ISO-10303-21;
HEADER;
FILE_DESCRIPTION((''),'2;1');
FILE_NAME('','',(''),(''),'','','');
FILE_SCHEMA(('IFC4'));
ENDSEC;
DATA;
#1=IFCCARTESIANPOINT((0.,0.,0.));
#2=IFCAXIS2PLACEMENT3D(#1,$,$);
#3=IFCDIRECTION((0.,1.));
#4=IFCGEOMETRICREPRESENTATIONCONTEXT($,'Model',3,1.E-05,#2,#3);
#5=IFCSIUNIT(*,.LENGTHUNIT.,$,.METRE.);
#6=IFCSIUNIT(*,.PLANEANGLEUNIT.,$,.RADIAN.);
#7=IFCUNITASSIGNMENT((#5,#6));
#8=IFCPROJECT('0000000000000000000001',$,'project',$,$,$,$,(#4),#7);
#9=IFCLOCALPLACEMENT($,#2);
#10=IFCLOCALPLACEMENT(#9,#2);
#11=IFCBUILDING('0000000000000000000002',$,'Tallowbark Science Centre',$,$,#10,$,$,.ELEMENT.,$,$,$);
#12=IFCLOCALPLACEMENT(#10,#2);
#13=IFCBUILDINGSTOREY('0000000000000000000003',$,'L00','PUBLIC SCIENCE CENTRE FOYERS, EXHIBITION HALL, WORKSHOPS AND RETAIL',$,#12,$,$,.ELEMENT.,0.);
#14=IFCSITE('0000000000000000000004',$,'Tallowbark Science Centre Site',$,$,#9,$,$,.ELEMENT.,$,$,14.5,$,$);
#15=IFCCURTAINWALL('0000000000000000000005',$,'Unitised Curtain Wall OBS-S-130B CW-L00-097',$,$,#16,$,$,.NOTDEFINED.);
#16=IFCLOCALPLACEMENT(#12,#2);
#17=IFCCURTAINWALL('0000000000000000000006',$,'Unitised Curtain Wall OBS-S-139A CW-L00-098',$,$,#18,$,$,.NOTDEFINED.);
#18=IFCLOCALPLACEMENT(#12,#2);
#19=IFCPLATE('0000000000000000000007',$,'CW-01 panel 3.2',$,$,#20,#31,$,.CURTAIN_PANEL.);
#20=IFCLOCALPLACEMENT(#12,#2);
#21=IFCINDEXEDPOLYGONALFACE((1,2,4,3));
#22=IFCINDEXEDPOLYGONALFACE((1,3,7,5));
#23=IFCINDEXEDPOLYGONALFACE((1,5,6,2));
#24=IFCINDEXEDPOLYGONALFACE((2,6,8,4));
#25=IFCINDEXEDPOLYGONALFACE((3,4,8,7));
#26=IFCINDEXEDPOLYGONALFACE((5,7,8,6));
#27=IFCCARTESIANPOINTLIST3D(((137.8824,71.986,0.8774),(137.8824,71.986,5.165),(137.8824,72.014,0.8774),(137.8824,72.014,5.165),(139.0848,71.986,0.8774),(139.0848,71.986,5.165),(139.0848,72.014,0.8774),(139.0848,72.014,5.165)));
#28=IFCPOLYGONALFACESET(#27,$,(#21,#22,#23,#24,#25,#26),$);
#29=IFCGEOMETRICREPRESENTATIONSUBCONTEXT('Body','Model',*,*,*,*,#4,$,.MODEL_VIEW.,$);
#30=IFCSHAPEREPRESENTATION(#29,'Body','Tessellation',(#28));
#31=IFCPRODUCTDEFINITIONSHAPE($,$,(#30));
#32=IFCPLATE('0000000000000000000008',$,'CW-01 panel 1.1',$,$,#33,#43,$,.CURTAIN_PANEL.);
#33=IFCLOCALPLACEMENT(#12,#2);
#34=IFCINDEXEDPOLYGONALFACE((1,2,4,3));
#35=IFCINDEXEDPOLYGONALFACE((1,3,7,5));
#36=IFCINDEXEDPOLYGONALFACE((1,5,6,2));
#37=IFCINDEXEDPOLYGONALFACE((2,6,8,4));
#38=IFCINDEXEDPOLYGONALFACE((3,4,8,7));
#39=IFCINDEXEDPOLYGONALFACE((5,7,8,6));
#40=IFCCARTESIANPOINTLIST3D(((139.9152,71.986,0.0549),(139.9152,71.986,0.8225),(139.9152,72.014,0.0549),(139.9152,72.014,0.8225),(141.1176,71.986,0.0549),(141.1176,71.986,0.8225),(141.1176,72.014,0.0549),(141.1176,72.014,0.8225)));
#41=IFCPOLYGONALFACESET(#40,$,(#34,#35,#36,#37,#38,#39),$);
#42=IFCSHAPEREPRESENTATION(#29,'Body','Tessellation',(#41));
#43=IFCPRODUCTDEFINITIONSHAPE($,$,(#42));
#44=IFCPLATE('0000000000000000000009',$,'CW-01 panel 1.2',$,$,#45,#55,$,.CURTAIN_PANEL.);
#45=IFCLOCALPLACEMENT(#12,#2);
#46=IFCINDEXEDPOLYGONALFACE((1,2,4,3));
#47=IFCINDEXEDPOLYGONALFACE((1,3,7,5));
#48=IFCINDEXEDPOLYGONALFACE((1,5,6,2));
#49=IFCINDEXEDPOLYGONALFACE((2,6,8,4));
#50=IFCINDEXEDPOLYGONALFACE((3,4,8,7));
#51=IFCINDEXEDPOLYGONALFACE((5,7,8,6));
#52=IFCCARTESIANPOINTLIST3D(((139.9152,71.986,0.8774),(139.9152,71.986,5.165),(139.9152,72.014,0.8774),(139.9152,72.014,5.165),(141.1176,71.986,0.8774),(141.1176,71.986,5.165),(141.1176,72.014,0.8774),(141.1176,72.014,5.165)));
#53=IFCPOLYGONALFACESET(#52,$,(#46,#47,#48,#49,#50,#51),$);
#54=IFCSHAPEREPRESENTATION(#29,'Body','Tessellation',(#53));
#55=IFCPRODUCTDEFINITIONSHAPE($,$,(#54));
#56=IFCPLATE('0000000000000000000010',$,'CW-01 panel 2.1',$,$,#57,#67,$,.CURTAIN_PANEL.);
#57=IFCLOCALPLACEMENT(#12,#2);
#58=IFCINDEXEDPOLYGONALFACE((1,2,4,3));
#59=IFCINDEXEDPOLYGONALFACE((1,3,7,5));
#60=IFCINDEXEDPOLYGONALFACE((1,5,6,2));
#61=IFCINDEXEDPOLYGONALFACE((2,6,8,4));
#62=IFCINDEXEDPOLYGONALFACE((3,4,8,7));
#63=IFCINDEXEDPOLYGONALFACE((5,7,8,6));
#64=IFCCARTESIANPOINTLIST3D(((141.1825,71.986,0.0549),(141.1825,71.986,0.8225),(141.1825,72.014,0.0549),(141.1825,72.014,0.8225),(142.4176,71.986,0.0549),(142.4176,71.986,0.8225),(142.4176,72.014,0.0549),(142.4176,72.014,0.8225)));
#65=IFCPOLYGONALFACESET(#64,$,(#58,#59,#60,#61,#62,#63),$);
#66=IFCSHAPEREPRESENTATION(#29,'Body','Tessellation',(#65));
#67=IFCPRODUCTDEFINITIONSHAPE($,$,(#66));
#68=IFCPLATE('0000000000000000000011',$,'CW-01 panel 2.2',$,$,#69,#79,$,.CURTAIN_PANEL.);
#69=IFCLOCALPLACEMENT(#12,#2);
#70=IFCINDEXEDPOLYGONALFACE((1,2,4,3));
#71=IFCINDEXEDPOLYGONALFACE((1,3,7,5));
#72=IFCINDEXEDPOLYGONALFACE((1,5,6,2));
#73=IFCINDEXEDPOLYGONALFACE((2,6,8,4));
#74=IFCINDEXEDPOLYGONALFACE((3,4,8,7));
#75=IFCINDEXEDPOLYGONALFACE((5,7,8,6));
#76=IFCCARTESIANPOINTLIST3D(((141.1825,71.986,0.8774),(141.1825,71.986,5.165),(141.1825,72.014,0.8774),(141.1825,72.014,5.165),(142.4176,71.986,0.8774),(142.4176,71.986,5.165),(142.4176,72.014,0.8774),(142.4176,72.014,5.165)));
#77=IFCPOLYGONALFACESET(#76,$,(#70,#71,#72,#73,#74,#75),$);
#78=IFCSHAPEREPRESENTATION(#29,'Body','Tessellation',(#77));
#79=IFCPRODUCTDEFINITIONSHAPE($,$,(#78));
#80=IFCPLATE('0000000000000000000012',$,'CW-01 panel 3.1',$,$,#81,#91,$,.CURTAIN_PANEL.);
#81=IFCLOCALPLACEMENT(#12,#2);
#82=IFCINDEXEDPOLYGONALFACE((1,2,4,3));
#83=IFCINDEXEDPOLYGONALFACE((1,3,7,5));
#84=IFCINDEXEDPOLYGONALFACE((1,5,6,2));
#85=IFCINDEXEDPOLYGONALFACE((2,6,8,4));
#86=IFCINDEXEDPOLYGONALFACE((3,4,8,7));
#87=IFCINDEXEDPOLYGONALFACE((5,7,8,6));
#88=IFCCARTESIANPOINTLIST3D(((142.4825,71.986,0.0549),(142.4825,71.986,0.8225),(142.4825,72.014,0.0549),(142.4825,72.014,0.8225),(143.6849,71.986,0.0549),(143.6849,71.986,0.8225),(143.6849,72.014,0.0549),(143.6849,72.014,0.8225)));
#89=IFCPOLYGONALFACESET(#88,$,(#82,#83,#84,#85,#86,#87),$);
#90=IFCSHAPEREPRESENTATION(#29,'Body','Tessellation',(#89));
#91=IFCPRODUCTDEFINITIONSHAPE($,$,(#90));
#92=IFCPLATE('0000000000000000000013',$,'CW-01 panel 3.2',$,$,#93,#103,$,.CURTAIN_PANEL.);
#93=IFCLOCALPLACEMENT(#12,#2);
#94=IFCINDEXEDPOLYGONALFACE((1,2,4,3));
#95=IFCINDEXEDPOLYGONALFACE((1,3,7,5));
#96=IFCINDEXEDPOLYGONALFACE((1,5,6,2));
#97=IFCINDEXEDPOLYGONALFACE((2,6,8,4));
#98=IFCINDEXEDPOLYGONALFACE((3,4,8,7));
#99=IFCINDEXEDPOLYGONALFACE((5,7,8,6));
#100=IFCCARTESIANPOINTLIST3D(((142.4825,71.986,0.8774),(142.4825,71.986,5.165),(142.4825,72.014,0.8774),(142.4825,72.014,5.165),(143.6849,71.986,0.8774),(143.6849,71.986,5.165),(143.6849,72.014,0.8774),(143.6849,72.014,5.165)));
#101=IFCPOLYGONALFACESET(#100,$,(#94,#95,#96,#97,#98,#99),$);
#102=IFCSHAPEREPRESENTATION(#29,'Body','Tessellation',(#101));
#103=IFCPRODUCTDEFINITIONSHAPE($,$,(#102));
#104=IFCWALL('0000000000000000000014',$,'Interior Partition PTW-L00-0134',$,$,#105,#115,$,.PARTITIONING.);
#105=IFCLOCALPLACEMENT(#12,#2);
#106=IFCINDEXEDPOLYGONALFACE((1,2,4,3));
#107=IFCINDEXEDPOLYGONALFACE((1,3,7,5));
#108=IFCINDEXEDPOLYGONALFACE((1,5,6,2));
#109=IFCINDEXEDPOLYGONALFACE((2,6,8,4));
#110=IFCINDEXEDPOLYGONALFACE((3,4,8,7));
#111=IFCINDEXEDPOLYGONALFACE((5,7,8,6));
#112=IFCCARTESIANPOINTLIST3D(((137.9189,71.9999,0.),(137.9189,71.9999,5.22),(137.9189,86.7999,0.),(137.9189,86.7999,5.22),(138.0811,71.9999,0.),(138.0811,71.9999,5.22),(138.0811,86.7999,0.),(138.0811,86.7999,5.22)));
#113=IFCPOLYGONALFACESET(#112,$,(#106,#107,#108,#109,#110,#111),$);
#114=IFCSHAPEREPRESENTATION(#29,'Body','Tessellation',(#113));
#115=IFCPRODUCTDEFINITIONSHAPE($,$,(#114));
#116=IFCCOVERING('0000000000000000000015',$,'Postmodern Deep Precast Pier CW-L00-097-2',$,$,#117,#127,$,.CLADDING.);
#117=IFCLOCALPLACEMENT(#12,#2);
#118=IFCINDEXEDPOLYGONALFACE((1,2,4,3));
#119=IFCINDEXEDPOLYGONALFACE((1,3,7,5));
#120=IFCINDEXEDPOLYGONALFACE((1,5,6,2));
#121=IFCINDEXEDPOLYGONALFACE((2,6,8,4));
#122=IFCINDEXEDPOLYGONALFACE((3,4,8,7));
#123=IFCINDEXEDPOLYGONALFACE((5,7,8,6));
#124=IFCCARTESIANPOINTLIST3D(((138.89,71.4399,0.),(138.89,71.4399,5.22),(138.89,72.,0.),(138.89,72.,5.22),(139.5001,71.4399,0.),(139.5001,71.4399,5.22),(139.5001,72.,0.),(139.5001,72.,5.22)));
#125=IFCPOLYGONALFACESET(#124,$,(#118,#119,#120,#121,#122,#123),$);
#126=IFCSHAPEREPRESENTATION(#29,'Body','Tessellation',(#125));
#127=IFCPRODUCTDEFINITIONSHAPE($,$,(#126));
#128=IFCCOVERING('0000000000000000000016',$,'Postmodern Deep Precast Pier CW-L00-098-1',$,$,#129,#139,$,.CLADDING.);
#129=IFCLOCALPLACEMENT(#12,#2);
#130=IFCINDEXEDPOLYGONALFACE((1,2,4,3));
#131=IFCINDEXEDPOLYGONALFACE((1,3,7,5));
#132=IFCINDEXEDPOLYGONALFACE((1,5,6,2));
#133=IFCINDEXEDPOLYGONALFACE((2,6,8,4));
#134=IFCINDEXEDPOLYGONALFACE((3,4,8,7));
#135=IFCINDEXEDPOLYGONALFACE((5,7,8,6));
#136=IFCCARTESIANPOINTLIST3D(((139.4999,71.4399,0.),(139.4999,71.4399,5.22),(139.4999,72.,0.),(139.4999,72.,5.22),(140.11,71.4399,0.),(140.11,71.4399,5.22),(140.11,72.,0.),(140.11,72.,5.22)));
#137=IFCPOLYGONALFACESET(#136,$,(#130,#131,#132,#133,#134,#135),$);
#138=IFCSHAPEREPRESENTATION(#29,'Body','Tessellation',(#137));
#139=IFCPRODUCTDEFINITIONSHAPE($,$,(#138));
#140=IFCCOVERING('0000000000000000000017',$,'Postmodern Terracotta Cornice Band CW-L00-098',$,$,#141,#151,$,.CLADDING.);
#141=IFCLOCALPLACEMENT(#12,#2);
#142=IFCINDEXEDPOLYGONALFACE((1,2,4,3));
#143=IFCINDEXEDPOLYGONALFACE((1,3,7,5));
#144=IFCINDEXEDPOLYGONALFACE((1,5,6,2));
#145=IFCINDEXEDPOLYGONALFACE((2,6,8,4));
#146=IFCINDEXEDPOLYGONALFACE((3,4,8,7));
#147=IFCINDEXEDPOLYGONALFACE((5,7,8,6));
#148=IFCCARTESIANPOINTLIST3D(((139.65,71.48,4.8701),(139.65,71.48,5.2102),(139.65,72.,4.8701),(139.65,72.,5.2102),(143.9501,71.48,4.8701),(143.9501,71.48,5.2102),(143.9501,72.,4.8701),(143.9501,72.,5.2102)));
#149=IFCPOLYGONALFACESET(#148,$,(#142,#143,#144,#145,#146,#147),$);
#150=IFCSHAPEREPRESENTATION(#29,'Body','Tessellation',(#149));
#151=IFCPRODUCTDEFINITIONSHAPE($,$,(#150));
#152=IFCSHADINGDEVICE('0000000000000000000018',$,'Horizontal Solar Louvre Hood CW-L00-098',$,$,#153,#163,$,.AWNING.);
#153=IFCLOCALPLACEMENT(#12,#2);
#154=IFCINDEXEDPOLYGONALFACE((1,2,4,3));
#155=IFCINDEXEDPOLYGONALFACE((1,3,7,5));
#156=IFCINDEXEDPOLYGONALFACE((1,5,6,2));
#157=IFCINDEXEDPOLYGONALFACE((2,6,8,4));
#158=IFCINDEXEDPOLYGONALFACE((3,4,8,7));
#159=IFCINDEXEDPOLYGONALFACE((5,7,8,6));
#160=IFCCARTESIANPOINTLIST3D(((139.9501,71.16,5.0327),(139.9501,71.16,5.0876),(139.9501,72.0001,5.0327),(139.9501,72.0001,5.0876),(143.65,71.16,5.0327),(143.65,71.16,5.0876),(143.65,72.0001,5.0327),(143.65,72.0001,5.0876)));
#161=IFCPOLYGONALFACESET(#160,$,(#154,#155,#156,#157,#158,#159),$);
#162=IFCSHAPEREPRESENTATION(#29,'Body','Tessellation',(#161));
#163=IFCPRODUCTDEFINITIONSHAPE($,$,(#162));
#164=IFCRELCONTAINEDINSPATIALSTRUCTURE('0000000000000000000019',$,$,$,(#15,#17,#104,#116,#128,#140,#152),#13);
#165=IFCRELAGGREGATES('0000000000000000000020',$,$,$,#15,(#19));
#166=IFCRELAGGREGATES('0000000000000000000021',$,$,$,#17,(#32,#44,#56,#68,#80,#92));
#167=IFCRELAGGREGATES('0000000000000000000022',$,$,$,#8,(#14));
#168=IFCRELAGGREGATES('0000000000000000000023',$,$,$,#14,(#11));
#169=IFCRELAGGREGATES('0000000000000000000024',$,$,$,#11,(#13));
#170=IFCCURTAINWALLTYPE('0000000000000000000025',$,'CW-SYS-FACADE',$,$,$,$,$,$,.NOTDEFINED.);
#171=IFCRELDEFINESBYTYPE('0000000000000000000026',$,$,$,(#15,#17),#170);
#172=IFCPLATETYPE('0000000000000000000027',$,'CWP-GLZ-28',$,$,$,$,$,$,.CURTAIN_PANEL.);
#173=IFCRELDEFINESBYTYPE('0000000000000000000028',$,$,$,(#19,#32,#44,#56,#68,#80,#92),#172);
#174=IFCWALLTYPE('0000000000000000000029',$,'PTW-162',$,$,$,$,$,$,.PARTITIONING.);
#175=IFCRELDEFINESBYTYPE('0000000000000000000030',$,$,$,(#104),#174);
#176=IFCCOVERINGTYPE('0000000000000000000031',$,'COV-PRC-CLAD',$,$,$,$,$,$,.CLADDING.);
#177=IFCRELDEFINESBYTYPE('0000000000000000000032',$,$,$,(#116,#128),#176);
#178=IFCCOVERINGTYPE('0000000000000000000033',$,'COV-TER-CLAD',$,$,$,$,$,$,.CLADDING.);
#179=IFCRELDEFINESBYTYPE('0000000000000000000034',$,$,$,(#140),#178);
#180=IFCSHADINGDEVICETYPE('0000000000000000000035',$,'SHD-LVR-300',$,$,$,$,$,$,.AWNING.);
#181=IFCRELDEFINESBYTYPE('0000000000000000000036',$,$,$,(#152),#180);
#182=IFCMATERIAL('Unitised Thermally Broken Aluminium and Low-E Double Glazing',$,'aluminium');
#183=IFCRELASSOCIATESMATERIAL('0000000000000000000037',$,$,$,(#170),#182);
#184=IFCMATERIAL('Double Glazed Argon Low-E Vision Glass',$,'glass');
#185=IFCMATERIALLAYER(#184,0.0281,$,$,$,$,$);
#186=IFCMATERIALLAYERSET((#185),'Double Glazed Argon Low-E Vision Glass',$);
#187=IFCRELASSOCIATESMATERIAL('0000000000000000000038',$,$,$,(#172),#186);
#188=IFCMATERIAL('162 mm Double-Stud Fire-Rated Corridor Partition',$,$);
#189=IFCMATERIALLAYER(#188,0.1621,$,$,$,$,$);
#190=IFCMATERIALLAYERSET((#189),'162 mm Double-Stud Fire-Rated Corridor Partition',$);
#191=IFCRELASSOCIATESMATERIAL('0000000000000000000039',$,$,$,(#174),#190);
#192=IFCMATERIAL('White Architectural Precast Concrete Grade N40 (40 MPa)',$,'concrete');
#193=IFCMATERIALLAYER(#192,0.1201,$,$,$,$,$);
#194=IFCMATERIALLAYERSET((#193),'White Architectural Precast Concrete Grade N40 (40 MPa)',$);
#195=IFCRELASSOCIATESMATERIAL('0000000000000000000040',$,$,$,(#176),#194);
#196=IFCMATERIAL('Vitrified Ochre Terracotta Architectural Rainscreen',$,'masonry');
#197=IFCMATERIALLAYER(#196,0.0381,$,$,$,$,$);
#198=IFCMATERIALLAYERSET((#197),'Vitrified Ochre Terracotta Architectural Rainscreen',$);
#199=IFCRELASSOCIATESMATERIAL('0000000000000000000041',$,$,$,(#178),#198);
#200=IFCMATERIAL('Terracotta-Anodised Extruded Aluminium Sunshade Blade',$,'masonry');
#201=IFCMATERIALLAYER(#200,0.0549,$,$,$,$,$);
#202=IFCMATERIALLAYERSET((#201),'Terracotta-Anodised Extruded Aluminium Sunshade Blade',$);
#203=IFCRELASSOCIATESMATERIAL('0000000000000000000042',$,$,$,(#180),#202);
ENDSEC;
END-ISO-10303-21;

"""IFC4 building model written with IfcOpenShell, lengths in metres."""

from ifc_helpers import new_model, si_unit, direction, frame, frame_2d, origin, origin_2d, place, context, subcontext, project, spatial, rectangle, extrude, material, layer, layer_set, type_object, element, aggregate, save


model = new_model("IFC4")

# Units and contexts
model_context = context("Model", 3, precision=1e-05, world=origin(), true_north=direction((0.0, 1.0)))
body_context = subcontext(model_context, "Body", "Model", "MODEL_VIEW")
ifc_project = project(units=[si_unit("LENGTHUNIT", "METRE"), si_unit("PLANEANGLEUNIT", "RADIAN")], contexts=[model_context])

# Site, building, storey
site_placement = place(None, origin())
site = spatial("IfcSite", under=ifc_project, at=site_placement, Name="Tallowbark Science Centre Site", CompositionType="ELEMENT", RefElevation=14.5)
building_placement = place(site_placement, origin())
building = spatial("IfcBuilding", under=site, at=building_placement, Name="Tallowbark Science Centre", CompositionType="ELEMENT")
storey_placement = place(building_placement, origin())
storey = spatial("IfcBuildingStorey", under=building, at=storey_placement, Name="L00", Description="PUBLIC SCIENCE CENTRE FOYERS, EXHIBITION HALL, WORKSHOPS AND RETAIL", CompositionType="ELEMENT", Elevation=0.0)

# Curtain walls
ifc_material_1 = material(Name="Unitised Thermally Broken Aluminium and Low-E Double Glazing", Category="aluminium")
curtain_wall_type = type_object("IfcCurtainWallType", Name="CW-SYS-FACADE", PredefinedType="NOTDEFINED", material=ifc_material_1)
curtain_wall_1_placement = place(storey_placement, origin())
curtain_wall_1 = element("IfcCurtainWall", 1, at=curtain_wall_1_placement, inside=storey, type_object=curtain_wall_type, Name="Unitised Curtain Wall OBS-S-130B CW-L00-097", PredefinedType="NOTDEFINED")
curtain_wall_2_placement = place(storey_placement, origin())
curtain_wall_2 = element("IfcCurtainWall", 2, at=curtain_wall_2_placement, inside=storey, type_object=curtain_wall_type, Name="Unitised Curtain Wall OBS-S-139A CW-L00-098", PredefinedType="NOTDEFINED")

# Plates
ifc_material_2 = material(Name="Double Glazed Argon Low-E Vision Glass", Category="glass")
ifc_layer_1 = layer(ifc_material_2, 0.0281)
ifc_layer_set_1 = layer_set([ifc_layer_1], Name="Double Glazed Argon Low-E Vision Glass")
plate_type = type_object("IfcPlateType", Name="CWP-GLZ-28", PredefinedType="CURTAIN_PANEL", material=ifc_layer_set_1)
plate_1_placement = place(storey_placement, frame((138.4836, 72.0, 0.8774), z_axis=(0.0, 0.0, 1.0), x_axis=(1.0, 0.0, 0.0)))
plate_1 = element("IfcPlate", 3, at=plate_1_placement, type_object=plate_type, Name="CW-01 panel 3.2", PredefinedType="CURTAIN_PANEL", context=body_context, shape_type="SweptSolid", body=[
    extrude(rectangle(XDim=1.2024, YDim=0.0281, at=origin_2d()), origin(), (0.0, 0.0, 1.0), 4.2876),
])
aggregate(curtain_wall_1, [plate_1])
plate_2_placement = place(storey_placement, frame((140.5164, 72.0, 0.0549), z_axis=(0.0, 0.0, 1.0), x_axis=(1.0, 0.0, 0.0)))
plate_2 = element("IfcPlate", 4, at=plate_2_placement, type_object=plate_type, Name="CW-01 panel 1.1", PredefinedType="CURTAIN_PANEL", context=body_context, shape_type="SweptSolid", body=[
    extrude(rectangle(XDim=1.2024, YDim=0.0281, at=origin_2d()), origin(), (0.0, 0.0, 1.0), 0.7676),
])
plate_3_placement = place(storey_placement, frame((140.5164, 72.0, 0.8774), z_axis=(0.0, 0.0, 1.0), x_axis=(1.0, 0.0, 0.0)))
plate_3 = element("IfcPlate", 5, at=plate_3_placement, type_object=plate_type, Name="CW-01 panel 1.2", PredefinedType="CURTAIN_PANEL", context=body_context, shape_type="SweptSolid", body=[
    extrude(rectangle(XDim=1.2024, YDim=0.0281, at=origin_2d()), origin(), (0.0, 0.0, 1.0), 4.2876),
])
plate_4_placement = place(storey_placement, frame((141.8, 72.0, 0.0549), z_axis=(0.0, 0.0, 1.0), x_axis=(1.0, 0.0, 0.0)))
plate_4 = element("IfcPlate", 6, at=plate_4_placement, type_object=plate_type, Name="CW-01 panel 2.1", PredefinedType="CURTAIN_PANEL", context=body_context, shape_type="SweptSolid", body=[
    extrude(rectangle(XDim=1.2351, YDim=0.0281, at=origin_2d()), origin(), (0.0, 0.0, 1.0), 0.7676),
])
plate_5_placement = place(storey_placement, frame((141.8, 72.0, 0.8774), z_axis=(0.0, 0.0, 1.0), x_axis=(1.0, 0.0, 0.0)))
plate_5 = element("IfcPlate", 7, at=plate_5_placement, type_object=plate_type, Name="CW-01 panel 2.2", PredefinedType="CURTAIN_PANEL", context=body_context, shape_type="SweptSolid", body=[
    extrude(rectangle(XDim=1.2351, YDim=0.0281, at=origin_2d()), origin(), (0.0, 0.0, 1.0), 4.2876),
])
plate_6_placement = place(storey_placement, frame((143.0837, 72.0, 0.0549), z_axis=(0.0, 0.0, 1.0), x_axis=(1.0, 0.0, 0.0)))
plate_6 = element("IfcPlate", 8, at=plate_6_placement, type_object=plate_type, Name="CW-01 panel 3.1", PredefinedType="CURTAIN_PANEL", context=body_context, shape_type="SweptSolid", body=[
    extrude(rectangle(XDim=1.2024, YDim=0.0281, at=origin_2d()), origin(), (0.0, 0.0, 1.0), 0.7676),
])
plate_7_placement = place(storey_placement, frame((143.0837, 72.0, 0.8774), z_axis=(0.0, 0.0, 1.0), x_axis=(1.0, 0.0, 0.0)))
plate_7 = element("IfcPlate", 9, at=plate_7_placement, type_object=plate_type, Name="CW-01 panel 3.2", PredefinedType="CURTAIN_PANEL", context=body_context, shape_type="SweptSolid", body=[
    extrude(rectangle(XDim=1.2024, YDim=0.0281, at=origin_2d()), origin(), (0.0, 0.0, 1.0), 4.2876),
])
aggregate(curtain_wall_2, [plate_2, plate_3, plate_4, plate_5, plate_6, plate_7])

# Wall
ifc_material_3 = material(Name="162 mm Double-Stud Fire-Rated Corridor Partition")
ifc_layer_2 = layer(ifc_material_3, 0.1621)
ifc_layer_set_2 = layer_set([ifc_layer_2], Name="162 mm Double-Stud Fire-Rated Corridor Partition")
wall_type = type_object("IfcWallType", Name="PTW-162", PredefinedType="PARTITIONING", material=ifc_layer_set_2)
wall_placement = place(storey_placement, frame((138.0, 72.0, 0.0), z_axis=(0.0, 0.0, 1.0), x_axis=(0.0, 1.0, 0.0)))
element("IfcWall", 10, at=wall_placement, inside=storey, type_object=wall_type, Name="Interior Partition PTW-L00-0134", PredefinedType="PARTITIONING", context=body_context, shape_type="SweptSolid", body=[
    extrude(rectangle(XDim=14.8, YDim=0.1621, at=frame_2d((7.3999, 0.0))), origin(), (0.0, 0.0, 1.0), 5.22),
])

# Coverings
ifc_material_4 = material(Name="White Architectural Precast Concrete Grade N40 (40 MPa)", Category="concrete")
ifc_layer_3 = layer(ifc_material_4, 0.1201)
ifc_layer_set_3 = layer_set([ifc_layer_3], Name="White Architectural Precast Concrete Grade N40 (40 MPa)")
covering_type_1 = type_object("IfcCoveringType", Name="COV-PRC-CLAD", PredefinedType="CLADDING", material=ifc_layer_set_3)
for number, where, z_axis, x_axis, name in (
    (11, (139.1951, 71.72, 0.0), (0.0, 0.0, 1.0), (1.0, 0.0, 0.0), "Postmodern Deep Precast Pier CW-L00-097-2"),
    (12, (139.8049, 71.72, 0.0), (0.0, 0.0, 1.0), (1.0, 0.0, 0.0), "Postmodern Deep Precast Pier CW-L00-098-1"),
):
    element("IfcCovering", number, at=place(storey_placement, frame(where, z_axis=z_axis, x_axis=x_axis)), inside=storey, type_object=covering_type_1, Name=name, PredefinedType="CLADDING", context=body_context, shape_type="SweptSolid", body=[
        extrude(rectangle(XDim=0.6101, YDim=0.5601, at=origin_2d()), origin(), (0.0, 0.0, 1.0), 5.22),
    ])
ifc_material_5 = material(Name="Vitrified Ochre Terracotta Architectural Rainscreen", Category="masonry")
ifc_layer_4 = layer(ifc_material_5, 0.0381)
ifc_layer_set_4 = layer_set([ifc_layer_4], Name="Vitrified Ochre Terracotta Architectural Rainscreen")
covering_type_2 = type_object("IfcCoveringType", Name="COV-TER-CLAD", PredefinedType="CLADDING", material=ifc_layer_set_4)
covering_placement = place(storey_placement, frame((141.8, 71.74, 4.8701), z_axis=(0.0, 0.0, 1.0), x_axis=(1.0, 0.0, 0.0)))
element("IfcCovering", 13, at=covering_placement, inside=storey, type_object=covering_type_2, Name="Postmodern Terracotta Cornice Band CW-L00-098", PredefinedType="CLADDING", context=body_context, shape_type="SweptSolid", body=[
    extrude(rectangle(XDim=4.3, YDim=0.52, at=origin_2d()), origin(), (0.0, 0.0, 1.0), 0.3401),
])

# Shading device
ifc_material_6 = material(Name="Terracotta-Anodised Extruded Aluminium Sunshade Blade", Category="masonry")
ifc_layer_5 = layer(ifc_material_6, 0.0549)
ifc_layer_set_5 = layer_set([ifc_layer_5], Name="Terracotta-Anodised Extruded Aluminium Sunshade Blade")
shading_device_type = type_object("IfcShadingDeviceType", Name="SHD-LVR-300", PredefinedType="AWNING", material=ifc_layer_set_5)
shading_device_placement = place(storey_placement, frame((141.8, 71.5801, 5.0327), z_axis=(0.0, 0.0, 1.0), x_axis=(1.0, 0.0, 0.0)))
element("IfcShadingDevice", 14, at=shading_device_placement, inside=storey, type_object=shading_device_type, Name="Horizontal Solar Louvre Hood CW-L00-098", PredefinedType="AWNING", context=body_context, shape_type="SweptSolid", body=[
    extrude(rectangle(XDim=3.7, YDim=0.8401, at=origin_2d()), origin(), (0.0, 0.0, 1.0), 0.0549),
])

save(model, "model.ifc")
